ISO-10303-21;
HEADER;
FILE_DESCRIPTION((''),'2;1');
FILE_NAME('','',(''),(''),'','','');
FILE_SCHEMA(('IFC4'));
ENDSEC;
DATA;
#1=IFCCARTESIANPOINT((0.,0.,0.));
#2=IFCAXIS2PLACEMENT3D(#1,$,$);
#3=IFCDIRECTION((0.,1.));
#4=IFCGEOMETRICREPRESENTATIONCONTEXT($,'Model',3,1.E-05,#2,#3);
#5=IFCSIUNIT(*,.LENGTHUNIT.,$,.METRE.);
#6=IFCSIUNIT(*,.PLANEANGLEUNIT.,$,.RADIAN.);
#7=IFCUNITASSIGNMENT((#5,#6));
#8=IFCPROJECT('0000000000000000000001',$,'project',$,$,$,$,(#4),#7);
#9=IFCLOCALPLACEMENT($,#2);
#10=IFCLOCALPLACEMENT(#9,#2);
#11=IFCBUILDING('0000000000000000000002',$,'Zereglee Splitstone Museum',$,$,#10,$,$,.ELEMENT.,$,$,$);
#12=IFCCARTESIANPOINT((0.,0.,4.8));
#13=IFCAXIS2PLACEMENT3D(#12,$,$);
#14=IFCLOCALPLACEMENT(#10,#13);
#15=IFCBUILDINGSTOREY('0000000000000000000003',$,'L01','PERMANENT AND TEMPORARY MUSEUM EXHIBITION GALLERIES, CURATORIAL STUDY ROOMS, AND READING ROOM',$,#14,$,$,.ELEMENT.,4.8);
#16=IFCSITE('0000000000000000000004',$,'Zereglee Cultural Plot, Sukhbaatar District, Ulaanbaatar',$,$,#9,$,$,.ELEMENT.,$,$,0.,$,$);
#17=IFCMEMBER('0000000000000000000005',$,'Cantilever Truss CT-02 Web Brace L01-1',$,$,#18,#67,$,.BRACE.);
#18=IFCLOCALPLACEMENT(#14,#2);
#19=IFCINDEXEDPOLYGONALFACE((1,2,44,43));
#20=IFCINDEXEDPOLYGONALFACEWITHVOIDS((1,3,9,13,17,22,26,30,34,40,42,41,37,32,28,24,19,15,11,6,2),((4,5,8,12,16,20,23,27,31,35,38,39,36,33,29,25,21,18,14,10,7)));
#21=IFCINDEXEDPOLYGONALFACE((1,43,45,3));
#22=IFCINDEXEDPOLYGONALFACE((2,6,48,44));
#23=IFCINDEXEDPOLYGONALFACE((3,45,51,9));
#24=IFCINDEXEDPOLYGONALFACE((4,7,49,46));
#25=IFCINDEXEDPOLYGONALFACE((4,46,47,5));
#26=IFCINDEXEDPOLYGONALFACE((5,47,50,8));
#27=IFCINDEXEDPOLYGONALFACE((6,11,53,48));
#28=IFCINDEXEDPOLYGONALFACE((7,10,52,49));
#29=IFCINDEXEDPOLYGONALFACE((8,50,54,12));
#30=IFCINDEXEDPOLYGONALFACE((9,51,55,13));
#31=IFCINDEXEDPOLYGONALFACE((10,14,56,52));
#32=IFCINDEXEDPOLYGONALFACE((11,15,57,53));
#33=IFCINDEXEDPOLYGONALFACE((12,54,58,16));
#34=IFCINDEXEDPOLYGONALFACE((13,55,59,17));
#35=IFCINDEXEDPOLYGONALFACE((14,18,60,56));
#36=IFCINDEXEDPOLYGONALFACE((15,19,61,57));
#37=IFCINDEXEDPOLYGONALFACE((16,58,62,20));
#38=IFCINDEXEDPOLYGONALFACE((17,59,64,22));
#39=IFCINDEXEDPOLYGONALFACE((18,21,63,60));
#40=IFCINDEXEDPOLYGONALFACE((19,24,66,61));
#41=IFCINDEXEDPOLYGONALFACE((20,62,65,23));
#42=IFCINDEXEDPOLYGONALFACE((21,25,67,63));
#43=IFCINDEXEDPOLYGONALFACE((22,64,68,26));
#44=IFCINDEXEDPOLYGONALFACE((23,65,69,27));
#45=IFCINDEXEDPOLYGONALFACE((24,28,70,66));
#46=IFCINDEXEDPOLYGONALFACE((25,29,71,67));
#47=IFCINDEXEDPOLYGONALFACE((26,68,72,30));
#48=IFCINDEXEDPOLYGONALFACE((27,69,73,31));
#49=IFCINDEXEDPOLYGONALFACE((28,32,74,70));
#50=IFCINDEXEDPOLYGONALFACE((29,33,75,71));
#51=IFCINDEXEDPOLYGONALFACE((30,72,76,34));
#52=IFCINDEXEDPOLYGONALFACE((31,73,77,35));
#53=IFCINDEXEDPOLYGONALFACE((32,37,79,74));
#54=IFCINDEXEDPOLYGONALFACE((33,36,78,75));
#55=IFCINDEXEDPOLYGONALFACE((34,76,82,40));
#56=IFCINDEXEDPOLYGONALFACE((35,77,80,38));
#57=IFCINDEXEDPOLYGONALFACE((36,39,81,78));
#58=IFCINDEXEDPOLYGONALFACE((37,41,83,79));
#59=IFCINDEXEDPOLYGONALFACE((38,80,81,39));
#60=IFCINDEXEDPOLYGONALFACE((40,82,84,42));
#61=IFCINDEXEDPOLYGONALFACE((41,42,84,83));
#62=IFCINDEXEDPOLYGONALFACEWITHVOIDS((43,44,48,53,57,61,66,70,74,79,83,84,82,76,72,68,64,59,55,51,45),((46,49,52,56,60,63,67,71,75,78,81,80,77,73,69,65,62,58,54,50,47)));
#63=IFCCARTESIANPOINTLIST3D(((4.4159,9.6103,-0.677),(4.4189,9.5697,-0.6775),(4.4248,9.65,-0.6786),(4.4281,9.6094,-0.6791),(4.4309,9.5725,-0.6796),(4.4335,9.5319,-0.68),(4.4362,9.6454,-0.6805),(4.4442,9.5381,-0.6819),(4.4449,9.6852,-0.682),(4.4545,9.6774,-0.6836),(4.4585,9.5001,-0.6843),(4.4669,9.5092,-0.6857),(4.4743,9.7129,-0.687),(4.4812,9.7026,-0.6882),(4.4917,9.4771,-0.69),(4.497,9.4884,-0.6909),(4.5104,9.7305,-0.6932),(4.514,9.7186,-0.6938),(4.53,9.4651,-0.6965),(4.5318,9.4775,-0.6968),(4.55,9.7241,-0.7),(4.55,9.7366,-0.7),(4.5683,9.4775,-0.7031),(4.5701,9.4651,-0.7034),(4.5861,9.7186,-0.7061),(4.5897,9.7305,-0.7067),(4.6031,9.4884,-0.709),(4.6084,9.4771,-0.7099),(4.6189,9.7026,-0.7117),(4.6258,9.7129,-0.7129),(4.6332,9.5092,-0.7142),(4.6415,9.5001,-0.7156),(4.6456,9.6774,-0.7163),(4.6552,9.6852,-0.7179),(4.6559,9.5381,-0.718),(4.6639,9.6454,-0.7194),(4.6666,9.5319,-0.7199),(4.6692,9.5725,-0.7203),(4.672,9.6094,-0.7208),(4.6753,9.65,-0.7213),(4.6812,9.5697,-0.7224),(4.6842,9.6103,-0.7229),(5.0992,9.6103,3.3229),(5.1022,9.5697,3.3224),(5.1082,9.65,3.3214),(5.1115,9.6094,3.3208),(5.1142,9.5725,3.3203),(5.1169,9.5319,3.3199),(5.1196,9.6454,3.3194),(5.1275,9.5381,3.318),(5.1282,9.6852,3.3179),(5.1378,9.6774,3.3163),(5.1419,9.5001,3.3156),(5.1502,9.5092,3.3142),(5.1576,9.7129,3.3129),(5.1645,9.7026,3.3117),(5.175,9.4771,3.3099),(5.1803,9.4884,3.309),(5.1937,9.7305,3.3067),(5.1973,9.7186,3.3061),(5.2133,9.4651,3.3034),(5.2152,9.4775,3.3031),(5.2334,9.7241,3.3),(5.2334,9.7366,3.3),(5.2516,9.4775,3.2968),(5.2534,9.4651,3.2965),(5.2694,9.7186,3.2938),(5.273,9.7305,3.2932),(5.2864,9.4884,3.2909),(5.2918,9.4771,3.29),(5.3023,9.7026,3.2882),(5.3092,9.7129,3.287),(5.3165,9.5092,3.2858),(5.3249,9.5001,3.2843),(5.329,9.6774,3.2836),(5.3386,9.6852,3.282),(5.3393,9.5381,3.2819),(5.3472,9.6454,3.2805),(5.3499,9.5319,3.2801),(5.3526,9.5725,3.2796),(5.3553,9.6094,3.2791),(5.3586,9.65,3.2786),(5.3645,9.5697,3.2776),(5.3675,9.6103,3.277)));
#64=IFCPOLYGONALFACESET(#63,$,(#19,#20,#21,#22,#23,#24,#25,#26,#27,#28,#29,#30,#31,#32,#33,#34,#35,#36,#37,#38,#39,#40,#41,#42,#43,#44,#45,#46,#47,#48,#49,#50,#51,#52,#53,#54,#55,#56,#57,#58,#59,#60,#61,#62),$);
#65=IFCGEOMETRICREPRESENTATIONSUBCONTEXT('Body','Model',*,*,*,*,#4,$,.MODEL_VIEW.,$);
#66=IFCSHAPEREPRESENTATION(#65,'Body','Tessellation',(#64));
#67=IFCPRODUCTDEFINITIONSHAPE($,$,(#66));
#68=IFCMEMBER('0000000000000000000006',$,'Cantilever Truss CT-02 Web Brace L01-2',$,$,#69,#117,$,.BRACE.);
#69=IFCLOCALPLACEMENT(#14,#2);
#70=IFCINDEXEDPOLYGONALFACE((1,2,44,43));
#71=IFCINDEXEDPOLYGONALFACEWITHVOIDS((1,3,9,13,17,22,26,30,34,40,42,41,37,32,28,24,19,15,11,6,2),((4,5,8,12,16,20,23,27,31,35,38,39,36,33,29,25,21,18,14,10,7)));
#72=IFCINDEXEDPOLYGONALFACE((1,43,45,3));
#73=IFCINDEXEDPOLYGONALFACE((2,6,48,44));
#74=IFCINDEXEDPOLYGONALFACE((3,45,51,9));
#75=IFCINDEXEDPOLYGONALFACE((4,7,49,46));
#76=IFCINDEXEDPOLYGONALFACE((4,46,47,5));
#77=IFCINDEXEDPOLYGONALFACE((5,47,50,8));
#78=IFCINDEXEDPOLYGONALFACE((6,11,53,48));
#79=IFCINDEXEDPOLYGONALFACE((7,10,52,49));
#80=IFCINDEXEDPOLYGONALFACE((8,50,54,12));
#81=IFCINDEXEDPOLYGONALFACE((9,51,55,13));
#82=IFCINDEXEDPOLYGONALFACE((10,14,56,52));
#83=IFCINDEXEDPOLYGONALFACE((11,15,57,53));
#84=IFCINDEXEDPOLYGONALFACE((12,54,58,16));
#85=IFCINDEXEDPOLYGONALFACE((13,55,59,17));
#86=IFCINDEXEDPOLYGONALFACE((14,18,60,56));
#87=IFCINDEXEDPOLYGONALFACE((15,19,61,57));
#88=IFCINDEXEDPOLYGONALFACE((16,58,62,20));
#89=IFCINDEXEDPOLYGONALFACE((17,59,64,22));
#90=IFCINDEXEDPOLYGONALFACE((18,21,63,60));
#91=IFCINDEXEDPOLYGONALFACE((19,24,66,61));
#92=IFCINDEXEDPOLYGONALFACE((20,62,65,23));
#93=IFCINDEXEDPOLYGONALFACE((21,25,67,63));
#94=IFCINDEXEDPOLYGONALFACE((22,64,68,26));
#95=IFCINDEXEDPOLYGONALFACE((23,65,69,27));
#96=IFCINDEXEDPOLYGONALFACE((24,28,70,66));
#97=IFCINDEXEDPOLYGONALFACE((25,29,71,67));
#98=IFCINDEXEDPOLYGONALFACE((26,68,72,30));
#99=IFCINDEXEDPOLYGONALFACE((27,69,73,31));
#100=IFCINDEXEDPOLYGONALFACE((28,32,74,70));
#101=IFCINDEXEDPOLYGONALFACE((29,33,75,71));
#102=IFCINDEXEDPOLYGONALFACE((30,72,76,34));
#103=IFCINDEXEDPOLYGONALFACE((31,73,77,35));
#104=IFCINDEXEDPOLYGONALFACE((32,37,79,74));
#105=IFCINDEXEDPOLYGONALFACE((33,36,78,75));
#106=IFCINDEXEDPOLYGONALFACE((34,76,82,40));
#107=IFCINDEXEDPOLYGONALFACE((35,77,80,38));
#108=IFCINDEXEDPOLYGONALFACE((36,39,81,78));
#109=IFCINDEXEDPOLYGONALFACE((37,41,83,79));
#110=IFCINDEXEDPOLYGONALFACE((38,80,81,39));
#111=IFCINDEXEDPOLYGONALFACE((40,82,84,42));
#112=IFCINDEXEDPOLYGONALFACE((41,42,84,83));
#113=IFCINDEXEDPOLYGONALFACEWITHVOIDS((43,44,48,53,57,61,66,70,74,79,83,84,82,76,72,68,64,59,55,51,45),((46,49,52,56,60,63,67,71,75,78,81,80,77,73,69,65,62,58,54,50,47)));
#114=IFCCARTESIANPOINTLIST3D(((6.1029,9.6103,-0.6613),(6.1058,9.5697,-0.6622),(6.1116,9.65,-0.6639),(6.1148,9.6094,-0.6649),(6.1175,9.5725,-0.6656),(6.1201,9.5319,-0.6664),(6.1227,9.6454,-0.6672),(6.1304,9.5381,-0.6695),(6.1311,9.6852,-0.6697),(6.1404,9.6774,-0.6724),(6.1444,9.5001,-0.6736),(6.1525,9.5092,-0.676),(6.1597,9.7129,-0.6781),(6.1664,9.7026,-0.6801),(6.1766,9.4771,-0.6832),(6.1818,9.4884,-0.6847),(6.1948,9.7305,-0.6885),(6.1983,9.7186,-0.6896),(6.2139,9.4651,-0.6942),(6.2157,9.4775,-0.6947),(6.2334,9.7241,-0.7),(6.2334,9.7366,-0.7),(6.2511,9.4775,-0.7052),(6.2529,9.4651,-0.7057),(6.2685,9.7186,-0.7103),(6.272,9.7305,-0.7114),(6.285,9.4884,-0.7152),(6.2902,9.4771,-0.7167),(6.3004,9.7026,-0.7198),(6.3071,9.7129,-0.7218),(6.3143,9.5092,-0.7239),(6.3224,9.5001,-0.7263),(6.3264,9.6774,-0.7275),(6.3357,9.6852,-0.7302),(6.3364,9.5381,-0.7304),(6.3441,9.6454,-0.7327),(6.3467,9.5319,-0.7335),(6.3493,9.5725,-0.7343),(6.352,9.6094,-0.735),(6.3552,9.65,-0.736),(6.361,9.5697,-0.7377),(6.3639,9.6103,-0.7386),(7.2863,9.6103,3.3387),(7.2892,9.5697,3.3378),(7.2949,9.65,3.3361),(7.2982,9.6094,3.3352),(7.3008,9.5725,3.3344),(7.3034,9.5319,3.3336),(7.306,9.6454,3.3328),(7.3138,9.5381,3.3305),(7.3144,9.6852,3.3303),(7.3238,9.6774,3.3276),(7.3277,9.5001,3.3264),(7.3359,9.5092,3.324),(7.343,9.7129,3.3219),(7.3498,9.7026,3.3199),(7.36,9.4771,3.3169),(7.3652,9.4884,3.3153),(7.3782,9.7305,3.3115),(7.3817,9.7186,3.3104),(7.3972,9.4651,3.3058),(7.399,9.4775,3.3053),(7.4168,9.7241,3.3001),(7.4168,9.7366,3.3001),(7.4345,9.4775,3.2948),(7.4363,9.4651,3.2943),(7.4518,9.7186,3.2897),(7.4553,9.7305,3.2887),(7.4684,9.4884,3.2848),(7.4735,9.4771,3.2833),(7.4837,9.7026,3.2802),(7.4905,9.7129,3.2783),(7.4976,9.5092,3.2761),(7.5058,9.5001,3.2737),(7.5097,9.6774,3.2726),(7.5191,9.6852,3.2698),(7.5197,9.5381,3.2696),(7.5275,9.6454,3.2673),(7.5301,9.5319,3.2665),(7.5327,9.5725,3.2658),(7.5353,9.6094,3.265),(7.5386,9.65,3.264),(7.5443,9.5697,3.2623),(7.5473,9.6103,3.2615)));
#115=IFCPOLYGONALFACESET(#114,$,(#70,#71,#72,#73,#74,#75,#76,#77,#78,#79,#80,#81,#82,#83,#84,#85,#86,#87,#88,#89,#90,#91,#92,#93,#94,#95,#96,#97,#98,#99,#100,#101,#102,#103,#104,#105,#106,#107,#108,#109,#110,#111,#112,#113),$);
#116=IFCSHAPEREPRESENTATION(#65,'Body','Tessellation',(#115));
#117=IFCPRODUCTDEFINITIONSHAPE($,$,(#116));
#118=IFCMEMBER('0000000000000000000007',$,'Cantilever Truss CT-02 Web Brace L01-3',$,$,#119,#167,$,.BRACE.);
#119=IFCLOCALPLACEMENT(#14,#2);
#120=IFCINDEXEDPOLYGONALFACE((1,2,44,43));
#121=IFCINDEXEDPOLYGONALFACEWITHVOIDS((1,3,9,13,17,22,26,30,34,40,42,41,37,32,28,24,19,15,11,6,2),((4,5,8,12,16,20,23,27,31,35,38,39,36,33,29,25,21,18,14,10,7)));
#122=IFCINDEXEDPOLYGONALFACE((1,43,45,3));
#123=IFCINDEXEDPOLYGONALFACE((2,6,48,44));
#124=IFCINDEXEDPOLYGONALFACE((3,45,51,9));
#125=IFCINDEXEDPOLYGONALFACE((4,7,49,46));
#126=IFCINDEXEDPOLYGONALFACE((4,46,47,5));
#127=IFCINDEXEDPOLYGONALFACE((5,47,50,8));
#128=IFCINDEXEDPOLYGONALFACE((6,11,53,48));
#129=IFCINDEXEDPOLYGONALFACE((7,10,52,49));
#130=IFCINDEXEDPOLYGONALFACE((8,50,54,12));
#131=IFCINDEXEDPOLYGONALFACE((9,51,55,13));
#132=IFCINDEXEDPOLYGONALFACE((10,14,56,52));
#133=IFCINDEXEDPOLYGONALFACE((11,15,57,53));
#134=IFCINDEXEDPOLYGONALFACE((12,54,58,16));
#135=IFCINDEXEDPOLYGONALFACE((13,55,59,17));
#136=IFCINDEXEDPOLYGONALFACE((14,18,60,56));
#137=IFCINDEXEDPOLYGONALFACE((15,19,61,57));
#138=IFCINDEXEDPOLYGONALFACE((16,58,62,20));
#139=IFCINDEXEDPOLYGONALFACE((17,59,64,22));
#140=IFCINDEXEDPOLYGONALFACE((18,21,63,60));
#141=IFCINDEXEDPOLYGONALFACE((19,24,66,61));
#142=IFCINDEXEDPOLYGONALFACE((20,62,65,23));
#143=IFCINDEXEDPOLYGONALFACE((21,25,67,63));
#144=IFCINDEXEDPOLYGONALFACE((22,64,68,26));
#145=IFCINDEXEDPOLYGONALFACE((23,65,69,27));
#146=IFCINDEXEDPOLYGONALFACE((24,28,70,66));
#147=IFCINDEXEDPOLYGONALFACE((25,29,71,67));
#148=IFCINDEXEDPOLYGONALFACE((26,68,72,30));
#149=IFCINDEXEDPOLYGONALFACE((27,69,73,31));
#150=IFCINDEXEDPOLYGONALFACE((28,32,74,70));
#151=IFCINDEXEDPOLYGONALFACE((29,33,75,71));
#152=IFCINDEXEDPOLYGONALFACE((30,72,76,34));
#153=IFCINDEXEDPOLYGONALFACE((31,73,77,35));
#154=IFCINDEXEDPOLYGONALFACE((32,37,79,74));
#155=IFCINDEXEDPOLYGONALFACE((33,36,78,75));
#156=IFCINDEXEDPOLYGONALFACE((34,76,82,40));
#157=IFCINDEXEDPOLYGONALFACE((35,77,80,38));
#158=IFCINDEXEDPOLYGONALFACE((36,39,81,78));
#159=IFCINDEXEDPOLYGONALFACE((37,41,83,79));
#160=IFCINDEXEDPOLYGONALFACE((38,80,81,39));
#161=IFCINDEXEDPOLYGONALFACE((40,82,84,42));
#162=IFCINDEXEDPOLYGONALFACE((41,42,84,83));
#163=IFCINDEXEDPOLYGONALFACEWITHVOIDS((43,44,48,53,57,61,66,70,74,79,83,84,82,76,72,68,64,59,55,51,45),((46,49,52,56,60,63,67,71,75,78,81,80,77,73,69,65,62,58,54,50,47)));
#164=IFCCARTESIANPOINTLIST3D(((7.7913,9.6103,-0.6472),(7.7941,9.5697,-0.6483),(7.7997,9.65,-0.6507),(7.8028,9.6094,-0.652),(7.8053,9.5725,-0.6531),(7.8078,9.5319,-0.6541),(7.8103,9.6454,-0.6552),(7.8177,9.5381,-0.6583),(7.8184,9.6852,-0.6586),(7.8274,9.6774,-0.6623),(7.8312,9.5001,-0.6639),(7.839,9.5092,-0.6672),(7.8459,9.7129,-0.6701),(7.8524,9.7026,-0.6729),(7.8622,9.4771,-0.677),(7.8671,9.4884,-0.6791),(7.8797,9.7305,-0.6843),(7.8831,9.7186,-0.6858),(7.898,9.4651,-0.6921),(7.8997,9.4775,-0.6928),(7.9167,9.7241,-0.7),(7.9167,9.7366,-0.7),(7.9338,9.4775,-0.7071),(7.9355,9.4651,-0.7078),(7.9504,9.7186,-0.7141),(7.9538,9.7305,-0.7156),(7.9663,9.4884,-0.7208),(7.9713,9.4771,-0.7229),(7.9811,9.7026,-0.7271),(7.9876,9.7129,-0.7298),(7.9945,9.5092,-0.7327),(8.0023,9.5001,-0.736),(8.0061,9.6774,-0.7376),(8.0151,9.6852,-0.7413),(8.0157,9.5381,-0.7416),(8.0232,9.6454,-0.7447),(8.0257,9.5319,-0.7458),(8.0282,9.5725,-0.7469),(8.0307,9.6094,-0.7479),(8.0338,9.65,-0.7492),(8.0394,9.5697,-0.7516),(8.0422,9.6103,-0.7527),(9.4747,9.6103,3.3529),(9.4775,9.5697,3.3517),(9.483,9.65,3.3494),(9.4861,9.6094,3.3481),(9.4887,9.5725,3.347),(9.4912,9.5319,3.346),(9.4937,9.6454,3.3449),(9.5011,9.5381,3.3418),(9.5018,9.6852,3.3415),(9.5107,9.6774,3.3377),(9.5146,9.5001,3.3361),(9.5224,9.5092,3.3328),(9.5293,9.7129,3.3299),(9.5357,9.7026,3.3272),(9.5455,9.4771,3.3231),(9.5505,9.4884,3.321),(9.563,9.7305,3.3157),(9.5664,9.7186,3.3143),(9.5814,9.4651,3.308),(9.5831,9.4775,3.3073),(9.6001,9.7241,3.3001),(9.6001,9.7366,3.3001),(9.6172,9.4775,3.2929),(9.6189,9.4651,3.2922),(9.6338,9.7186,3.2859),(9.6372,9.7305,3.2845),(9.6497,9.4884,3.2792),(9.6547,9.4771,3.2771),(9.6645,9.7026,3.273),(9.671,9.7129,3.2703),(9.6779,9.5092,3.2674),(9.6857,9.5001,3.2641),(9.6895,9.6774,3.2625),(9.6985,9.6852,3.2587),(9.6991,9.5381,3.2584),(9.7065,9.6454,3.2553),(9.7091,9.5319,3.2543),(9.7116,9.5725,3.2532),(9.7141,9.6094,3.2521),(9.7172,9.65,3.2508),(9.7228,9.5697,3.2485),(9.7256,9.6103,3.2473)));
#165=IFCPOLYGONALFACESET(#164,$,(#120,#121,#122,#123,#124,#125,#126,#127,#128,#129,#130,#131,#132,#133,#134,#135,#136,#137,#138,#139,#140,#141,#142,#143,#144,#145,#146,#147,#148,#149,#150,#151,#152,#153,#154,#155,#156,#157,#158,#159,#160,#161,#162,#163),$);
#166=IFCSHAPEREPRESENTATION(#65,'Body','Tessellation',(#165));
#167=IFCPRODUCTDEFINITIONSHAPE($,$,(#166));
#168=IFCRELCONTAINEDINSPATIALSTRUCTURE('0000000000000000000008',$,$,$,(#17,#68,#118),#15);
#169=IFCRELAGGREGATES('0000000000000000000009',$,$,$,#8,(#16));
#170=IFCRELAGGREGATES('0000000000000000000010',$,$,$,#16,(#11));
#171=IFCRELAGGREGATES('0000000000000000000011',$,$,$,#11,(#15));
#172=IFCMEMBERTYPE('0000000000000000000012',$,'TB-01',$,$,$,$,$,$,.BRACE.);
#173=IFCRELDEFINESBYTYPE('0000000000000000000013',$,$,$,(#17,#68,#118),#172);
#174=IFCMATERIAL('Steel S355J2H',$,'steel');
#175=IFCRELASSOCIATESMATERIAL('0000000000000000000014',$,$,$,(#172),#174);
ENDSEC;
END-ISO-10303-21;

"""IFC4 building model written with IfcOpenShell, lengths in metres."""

from ifc_helpers import new_model, si_unit, direction, frame, origin, origin_2d, place, context, subcontext, project, spatial, hollow_circle, extrude, material, material_profile, profile_set, type_object, element, save


model = new_model("IFC4")

# Units and contexts
model_context = context("Model", 3, precision=1e-05, world=origin(), true_north=direction((0.0, 1.0)))
body_context = subcontext(model_context, "Body", "Model", "MODEL_VIEW")
ifc_project = project(units=[si_unit("LENGTHUNIT", "METRE"), si_unit("PLANEANGLEUNIT", "RADIAN")], contexts=[model_context])

# Site, building, storey
site_placement = place(None, origin())
site = spatial("IfcSite", under=ifc_project, at=site_placement, Name="Zereglee Cultural Plot, Sukhbaatar District, Ulaanbaatar", CompositionType="ELEMENT", RefElevation=0.0)
building_placement = place(site_placement, origin())
building = spatial("IfcBuilding", under=site, at=building_placement, Name="Zereglee Splitstone Museum", CompositionType="ELEMENT")
storey_placement = place(building_placement, frame((0.0, 0.0, 4.8)))
storey = spatial("IfcBuildingStorey", under=building, at=storey_placement, Name="L01", Description="PERMANENT AND TEMPORARY MUSEUM EXHIBITION GALLERIES, CURATORIAL STUDY ROOMS, AND READING ROOM", CompositionType="ELEMENT", Elevation=4.8)

# Members
ifc_material_1 = material(Name="Steel S355J2H", Category="steel")
ifc_material_profile_1 = material_profile(ifc_material_1, hollow_circle(Radius=0.1365, WallThickness=0.0125, at=origin_2d()), Name="CHS 273.0x12.5")
ifc_profile_set_1 = profile_set([ifc_material_profile_1], Name="Steel S355J2H")
member_type_1 = type_object("IfcMemberType", Name="TB-01", PredefinedType="BRACE", material=ifc_profile_set_1)
member_1_placement = place(storey_placement, frame((4.55, 9.6001, -0.7), z_axis=(0.168398, 0.0, 0.985719), x_axis=(0.0, 1.0, 0.0)))
element("IfcMember", 1, at=member_1_placement, inside=storey, type_object=member_type_1, Name="Cantilever Truss CT-02 Web Brace L01-1", PredefinedType="BRACE", context=body_context, shape_type="SweptSolid", body=[
    extrude(hollow_circle(Radius=0.1365, WallThickness=0.0125, at=origin_2d()), origin(), (0.0, 0.0, 1.0), 4.0579),
])
member_2_placement = place(storey_placement, frame((6.2334, 9.6001, -0.7), z_axis=(0.283684, 0.0, 0.958918), x_axis=(0.0, 1.0, 0.0)))
element("IfcMember", 2, at=member_2_placement, inside=storey, type_object=member_type_1, Name="Cantilever Truss CT-02 Web Brace L01-2", PredefinedType="BRACE", context=body_context, shape_type="SweptSolid", body=[
    extrude(hollow_circle(Radius=0.1365, WallThickness=0.0125, at=origin_2d()), origin(), (0.0, 0.0, 1.0), 4.1714),
])
member_3_placement = place(storey_placement, frame((7.9167, 9.6001, -0.7), z_axis=(0.387888, 0.0, 0.921706), x_axis=(0.0, 1.0, 0.0)))
element("IfcMember", 3, at=member_3_placement, inside=storey, type_object=member_type_1, Name="Cantilever Truss CT-02 Web Brace L01-3", PredefinedType="BRACE", context=body_context, shape_type="SweptSolid", body=[
    extrude(hollow_circle(Radius=0.1365, WallThickness=0.0125, at=origin_2d()), origin(), (0.0, 0.0, 1.0), 4.3398),
])

save(model, "model.ifc")
